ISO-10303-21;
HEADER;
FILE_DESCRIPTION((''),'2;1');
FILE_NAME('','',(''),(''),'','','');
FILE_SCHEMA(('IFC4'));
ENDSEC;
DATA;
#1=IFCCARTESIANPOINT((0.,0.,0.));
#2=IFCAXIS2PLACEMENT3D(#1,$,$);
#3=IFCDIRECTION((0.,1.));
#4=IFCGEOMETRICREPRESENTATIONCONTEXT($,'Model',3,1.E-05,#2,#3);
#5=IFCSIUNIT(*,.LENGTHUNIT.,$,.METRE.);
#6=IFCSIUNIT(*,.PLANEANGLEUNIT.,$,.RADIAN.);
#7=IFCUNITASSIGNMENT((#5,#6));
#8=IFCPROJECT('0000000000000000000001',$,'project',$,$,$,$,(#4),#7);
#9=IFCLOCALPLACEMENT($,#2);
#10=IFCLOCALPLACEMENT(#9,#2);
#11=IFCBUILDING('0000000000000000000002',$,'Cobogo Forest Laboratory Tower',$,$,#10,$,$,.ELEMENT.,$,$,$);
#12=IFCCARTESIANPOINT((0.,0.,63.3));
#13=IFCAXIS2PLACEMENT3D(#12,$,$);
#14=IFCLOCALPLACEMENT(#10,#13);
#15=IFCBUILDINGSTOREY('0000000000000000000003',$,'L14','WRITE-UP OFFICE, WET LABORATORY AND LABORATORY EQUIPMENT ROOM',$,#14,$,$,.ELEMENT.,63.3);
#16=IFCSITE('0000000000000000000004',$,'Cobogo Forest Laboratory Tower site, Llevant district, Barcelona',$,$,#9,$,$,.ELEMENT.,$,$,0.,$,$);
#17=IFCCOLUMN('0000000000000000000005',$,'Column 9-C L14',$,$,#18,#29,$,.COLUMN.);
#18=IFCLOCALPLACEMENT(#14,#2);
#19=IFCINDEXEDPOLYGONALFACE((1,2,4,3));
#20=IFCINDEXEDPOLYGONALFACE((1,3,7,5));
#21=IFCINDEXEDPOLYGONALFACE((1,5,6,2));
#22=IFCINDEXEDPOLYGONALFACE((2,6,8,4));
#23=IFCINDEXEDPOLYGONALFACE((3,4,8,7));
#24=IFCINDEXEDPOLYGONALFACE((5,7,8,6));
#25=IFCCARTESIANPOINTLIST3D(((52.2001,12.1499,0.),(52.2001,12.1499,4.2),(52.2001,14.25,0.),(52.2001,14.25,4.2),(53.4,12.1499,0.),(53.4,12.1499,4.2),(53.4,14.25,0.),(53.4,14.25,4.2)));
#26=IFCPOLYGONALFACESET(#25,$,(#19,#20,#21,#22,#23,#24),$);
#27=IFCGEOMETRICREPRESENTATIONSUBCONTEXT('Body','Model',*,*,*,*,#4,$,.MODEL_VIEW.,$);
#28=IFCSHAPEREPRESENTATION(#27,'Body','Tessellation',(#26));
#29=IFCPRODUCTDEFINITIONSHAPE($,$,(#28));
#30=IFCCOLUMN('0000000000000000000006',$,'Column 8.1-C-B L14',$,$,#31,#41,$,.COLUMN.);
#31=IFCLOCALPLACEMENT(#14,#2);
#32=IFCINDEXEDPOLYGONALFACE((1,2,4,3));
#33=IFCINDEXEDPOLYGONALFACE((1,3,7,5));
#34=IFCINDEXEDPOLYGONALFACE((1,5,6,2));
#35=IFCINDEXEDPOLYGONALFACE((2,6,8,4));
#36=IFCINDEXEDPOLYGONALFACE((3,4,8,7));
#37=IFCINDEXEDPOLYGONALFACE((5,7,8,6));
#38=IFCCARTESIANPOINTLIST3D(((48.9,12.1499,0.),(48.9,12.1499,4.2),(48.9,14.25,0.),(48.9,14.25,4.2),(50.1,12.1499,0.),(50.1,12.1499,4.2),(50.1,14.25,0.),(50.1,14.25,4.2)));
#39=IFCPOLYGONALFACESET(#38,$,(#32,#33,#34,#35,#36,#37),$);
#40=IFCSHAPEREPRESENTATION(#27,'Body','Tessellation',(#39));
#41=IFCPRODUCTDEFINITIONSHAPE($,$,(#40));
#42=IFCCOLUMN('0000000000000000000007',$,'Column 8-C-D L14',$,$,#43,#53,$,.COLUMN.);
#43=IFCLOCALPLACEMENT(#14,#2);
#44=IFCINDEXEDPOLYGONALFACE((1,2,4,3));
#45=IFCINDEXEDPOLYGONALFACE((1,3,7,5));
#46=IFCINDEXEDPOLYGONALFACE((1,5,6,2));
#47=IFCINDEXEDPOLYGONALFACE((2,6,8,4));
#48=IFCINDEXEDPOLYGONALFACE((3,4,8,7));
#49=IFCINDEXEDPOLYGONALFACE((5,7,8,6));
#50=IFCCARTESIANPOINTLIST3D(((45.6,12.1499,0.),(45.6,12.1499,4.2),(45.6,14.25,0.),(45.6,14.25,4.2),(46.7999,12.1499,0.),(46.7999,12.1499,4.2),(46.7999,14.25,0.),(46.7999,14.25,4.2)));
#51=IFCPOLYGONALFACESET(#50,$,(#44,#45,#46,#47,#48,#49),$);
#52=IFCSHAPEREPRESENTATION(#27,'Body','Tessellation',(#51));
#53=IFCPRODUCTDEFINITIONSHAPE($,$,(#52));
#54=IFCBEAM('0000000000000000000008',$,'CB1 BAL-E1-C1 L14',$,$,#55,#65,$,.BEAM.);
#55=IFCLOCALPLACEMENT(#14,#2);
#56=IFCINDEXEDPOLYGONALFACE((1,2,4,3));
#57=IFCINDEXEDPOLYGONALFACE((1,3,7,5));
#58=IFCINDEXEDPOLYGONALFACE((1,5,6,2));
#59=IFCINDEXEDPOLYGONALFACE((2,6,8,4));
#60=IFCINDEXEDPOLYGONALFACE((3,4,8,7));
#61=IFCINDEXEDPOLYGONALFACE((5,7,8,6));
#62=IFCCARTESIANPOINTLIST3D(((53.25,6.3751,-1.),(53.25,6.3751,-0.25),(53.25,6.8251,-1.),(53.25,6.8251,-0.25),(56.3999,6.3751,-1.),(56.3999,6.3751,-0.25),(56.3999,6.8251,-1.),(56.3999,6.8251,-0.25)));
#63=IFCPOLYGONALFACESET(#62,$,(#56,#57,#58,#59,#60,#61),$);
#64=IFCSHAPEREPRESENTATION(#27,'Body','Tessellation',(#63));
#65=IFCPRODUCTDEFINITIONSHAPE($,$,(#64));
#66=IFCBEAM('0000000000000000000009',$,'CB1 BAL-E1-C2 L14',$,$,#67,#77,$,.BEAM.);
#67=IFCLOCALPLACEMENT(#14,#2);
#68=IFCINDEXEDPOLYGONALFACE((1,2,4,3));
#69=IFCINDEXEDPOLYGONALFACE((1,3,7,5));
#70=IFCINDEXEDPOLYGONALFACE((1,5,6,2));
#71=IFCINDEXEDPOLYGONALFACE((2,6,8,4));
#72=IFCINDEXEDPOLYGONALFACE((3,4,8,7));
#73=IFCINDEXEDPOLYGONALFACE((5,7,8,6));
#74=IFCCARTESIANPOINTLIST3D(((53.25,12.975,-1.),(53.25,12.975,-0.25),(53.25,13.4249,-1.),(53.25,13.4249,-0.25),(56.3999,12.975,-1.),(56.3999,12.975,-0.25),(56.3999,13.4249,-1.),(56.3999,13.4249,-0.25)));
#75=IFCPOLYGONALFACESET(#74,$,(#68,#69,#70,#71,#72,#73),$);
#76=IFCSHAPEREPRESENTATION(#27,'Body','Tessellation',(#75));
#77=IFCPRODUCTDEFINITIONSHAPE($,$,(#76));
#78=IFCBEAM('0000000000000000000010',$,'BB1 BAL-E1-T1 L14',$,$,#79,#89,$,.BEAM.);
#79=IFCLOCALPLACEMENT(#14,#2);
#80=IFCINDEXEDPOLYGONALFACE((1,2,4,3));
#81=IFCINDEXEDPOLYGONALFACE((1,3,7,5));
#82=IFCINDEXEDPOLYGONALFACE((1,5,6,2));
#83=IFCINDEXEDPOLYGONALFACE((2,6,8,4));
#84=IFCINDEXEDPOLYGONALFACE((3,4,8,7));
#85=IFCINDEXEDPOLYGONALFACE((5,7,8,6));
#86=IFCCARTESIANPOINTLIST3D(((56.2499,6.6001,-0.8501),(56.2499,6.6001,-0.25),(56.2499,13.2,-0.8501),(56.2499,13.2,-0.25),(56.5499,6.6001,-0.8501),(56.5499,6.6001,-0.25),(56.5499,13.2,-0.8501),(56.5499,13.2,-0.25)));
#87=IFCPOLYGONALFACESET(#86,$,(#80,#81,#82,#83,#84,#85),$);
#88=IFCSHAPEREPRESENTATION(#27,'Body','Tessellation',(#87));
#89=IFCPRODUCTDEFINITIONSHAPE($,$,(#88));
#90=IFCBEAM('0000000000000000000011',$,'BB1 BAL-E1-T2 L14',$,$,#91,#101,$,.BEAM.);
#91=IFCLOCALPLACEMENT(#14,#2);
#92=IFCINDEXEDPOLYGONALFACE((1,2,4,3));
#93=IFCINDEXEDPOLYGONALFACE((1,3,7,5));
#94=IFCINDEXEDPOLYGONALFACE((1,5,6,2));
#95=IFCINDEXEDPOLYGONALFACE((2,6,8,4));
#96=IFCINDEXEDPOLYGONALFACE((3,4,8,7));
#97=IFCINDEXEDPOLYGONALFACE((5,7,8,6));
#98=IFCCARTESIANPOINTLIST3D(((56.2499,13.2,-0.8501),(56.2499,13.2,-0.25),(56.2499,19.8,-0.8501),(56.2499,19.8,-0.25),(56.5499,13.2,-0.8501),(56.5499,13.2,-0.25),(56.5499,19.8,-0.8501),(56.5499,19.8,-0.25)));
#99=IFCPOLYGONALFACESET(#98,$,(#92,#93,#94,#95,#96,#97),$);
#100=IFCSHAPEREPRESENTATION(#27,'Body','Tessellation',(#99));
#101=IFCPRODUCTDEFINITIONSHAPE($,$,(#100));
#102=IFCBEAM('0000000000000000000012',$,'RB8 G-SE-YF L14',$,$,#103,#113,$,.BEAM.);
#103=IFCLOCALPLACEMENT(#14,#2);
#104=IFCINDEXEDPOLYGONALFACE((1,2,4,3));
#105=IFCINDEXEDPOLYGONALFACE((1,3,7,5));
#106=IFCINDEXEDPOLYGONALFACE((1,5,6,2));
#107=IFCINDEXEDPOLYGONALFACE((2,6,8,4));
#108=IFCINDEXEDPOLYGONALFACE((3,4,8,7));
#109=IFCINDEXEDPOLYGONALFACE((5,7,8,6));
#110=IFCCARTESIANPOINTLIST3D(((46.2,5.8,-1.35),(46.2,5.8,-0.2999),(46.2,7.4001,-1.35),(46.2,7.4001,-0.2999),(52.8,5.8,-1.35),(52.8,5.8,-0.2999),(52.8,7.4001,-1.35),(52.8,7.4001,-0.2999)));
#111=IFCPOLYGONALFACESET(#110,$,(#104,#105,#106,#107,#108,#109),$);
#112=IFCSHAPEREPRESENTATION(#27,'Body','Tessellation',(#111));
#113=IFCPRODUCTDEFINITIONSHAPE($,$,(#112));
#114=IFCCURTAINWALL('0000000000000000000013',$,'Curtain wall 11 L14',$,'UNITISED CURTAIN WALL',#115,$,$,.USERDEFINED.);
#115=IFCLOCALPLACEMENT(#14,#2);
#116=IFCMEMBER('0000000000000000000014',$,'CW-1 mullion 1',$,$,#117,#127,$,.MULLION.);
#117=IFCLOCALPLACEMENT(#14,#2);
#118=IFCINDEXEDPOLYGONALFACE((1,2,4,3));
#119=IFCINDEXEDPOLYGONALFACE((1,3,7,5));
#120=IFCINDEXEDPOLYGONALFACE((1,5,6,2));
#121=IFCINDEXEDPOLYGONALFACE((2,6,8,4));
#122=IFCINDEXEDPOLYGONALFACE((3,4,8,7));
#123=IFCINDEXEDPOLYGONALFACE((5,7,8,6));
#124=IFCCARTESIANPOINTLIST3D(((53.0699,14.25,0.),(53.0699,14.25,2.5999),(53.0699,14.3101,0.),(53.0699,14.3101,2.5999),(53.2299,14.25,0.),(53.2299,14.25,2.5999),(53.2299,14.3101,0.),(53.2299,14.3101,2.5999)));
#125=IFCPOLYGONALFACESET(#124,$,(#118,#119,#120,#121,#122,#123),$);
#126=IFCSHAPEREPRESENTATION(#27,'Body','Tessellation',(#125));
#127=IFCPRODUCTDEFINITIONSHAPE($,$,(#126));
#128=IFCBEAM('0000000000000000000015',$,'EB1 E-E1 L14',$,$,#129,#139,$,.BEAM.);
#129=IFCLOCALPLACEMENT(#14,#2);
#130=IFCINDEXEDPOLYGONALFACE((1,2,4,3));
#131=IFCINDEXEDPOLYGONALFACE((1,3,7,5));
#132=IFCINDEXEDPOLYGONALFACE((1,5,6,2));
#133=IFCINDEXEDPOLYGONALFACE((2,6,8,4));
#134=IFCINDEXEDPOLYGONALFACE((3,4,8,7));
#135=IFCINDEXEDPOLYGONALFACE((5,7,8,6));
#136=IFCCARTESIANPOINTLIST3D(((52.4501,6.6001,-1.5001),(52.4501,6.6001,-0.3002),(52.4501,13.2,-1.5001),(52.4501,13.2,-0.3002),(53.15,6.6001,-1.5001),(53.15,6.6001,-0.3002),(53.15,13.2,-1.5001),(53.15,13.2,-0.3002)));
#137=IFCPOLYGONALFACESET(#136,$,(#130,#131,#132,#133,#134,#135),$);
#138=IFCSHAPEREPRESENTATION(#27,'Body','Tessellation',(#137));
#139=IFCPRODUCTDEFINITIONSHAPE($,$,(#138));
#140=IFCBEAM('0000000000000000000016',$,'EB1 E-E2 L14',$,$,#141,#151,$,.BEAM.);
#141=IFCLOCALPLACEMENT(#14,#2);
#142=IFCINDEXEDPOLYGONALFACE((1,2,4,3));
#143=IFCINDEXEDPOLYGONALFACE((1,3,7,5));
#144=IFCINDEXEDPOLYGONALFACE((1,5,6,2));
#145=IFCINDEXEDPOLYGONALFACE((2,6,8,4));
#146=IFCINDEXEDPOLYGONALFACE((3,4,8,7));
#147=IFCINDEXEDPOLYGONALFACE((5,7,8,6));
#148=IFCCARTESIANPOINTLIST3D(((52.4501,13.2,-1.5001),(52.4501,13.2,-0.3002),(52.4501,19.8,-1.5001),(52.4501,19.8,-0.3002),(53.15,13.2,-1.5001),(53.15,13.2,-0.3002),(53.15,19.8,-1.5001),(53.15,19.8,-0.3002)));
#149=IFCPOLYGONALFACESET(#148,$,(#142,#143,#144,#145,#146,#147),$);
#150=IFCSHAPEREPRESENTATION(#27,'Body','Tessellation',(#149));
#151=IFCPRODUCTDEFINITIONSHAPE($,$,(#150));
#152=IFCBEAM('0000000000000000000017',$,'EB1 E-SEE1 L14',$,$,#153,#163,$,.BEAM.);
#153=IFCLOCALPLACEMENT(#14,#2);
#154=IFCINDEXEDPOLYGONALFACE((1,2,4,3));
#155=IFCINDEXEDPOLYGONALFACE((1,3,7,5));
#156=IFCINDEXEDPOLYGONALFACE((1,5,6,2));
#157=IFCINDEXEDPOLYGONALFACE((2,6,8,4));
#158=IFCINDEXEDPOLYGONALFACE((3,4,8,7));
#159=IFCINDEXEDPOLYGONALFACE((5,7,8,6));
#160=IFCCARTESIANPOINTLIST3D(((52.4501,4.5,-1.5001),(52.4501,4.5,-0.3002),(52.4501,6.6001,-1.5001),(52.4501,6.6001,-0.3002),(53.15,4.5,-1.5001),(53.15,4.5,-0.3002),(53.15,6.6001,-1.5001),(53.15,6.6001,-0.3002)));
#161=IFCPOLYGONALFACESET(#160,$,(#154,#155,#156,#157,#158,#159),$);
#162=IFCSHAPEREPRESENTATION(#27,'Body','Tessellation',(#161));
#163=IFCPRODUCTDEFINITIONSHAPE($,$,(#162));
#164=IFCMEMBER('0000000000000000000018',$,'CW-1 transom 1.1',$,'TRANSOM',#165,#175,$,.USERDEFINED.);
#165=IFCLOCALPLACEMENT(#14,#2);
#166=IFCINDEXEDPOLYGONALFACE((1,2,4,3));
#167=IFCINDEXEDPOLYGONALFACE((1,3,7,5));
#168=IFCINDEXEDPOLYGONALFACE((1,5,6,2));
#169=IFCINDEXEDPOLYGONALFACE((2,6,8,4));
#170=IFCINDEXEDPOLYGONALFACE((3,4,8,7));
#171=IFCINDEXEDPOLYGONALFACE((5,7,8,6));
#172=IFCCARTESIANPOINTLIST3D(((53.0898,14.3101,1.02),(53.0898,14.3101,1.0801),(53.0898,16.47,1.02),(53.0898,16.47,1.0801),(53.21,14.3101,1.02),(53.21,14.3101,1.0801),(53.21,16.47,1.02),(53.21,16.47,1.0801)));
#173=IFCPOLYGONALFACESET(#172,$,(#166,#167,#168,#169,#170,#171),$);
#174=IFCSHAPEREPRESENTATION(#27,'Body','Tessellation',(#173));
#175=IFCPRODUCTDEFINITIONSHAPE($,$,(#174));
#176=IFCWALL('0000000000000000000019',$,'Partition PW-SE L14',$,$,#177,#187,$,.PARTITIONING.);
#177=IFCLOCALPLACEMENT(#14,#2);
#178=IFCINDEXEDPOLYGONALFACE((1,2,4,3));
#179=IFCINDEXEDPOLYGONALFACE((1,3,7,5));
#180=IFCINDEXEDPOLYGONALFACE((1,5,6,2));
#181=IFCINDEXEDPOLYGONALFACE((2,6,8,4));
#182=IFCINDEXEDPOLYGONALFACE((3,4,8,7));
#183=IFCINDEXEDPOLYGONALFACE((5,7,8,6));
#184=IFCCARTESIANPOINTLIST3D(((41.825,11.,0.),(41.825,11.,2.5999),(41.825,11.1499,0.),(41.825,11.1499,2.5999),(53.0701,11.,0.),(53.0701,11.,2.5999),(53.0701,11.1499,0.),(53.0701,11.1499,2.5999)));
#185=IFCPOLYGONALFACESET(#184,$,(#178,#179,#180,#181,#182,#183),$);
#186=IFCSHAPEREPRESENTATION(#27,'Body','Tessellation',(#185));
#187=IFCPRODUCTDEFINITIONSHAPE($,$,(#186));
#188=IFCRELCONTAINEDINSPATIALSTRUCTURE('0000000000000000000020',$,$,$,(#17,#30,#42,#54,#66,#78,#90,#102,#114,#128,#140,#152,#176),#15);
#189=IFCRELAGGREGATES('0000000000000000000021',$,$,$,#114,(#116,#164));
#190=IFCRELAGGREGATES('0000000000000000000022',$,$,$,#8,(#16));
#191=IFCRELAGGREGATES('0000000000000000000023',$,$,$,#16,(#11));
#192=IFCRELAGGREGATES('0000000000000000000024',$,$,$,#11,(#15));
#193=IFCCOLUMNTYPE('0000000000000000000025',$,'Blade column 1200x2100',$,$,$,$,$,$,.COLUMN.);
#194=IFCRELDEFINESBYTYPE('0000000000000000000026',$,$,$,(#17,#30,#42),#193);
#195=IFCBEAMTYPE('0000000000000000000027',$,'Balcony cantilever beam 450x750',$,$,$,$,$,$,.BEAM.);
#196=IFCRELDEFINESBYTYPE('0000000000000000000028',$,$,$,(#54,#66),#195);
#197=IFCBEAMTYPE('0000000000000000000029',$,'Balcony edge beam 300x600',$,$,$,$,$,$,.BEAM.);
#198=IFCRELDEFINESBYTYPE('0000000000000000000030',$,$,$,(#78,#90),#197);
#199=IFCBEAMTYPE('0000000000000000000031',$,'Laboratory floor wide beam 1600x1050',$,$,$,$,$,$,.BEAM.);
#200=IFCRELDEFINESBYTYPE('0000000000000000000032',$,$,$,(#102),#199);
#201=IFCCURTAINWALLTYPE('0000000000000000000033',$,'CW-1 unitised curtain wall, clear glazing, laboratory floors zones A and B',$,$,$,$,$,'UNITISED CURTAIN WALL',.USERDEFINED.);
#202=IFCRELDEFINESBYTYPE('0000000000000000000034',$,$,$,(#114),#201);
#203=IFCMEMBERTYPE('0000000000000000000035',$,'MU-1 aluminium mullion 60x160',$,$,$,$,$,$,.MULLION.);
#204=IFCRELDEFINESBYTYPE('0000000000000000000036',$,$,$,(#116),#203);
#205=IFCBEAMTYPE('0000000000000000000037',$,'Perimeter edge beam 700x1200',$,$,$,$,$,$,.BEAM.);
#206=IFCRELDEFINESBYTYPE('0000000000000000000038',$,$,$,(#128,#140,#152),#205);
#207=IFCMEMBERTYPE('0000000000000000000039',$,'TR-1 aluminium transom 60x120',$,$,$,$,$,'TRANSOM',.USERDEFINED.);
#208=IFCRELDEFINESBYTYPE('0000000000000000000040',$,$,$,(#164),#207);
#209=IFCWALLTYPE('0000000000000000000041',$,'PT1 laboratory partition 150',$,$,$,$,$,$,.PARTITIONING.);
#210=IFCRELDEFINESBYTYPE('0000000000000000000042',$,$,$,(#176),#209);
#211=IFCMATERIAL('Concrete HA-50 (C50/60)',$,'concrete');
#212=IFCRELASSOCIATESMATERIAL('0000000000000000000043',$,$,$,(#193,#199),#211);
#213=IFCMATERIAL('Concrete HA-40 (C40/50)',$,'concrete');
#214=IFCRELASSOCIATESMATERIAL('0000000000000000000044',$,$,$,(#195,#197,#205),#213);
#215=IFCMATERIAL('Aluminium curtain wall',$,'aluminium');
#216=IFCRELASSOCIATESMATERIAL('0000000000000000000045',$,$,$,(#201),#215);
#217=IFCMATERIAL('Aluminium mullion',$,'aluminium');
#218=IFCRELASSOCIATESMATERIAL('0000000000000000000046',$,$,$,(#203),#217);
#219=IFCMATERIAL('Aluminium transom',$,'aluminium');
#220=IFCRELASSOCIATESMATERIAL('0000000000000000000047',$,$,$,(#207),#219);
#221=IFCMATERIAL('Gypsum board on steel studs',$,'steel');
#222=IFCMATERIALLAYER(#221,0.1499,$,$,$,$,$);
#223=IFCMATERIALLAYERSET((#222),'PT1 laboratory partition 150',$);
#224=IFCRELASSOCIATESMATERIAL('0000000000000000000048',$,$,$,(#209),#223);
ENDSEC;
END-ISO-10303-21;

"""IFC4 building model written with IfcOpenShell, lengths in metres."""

from ifc_helpers import new_model, si_unit, direction, frame, frame_2d, origin, origin_2d, place, context, subcontext, project, spatial, rectangle, extrude, material, layer, layer_set, material_profile, profile_set, type_object, element, aggregate, save


model = new_model("IFC4")

# Units and contexts
model_context = context("Model", 3, precision=1e-05, world=origin(), true_north=direction((0.0, 1.0)))
body_context = subcontext(model_context, "Body", "Model", "MODEL_VIEW")
ifc_project = project(units=[si_unit("LENGTHUNIT", "METRE"), si_unit("PLANEANGLEUNIT", "RADIAN")], contexts=[model_context])

# Site, building, storey
site_placement = place(None, origin())
site = spatial("IfcSite", under=ifc_project, at=site_placement, Name="Cobogo Forest Laboratory Tower site, Llevant district, Barcelona", CompositionType="ELEMENT", RefElevation=0.0)
building_placement = place(site_placement, origin())
building = spatial("IfcBuilding", under=site, at=building_placement, Name="Cobogo Forest Laboratory Tower", CompositionType="ELEMENT")
storey_placement = place(building_placement, frame((0.0, 0.0, 63.3)))
storey = spatial("IfcBuildingStorey", under=building, at=storey_placement, Name="L14", Description="WRITE-UP OFFICE, WET LABORATORY AND LABORATORY EQUIPMENT ROOM", CompositionType="ELEMENT", Elevation=63.3)

# Columns
ifc_material_1 = material(Name="Concrete HA-50 (C50/60)", Category="concrete")
ifc_material_profile_1 = material_profile(ifc_material_1, rectangle(XDim=2.1001, YDim=1.2, at=origin_2d()), Name="RC 1200x2100")
ifc_profile_set_1 = profile_set([ifc_material_profile_1], Name="Concrete HA-50 (C50/60)")
column_type = type_object("IfcColumnType", Name="Blade column 1200x2100", PredefinedType="COLUMN", material=ifc_profile_set_1)
for number, where, z_axis, x_axis, name in (
    (1, (52.8, 13.2, 0.0), (0.0, 0.0, 1.0), (0.0, 1.0, 0.0), "Column 9-C L14"),
    (2, (49.5, 13.2, 0.0), (0.0, 0.0, 1.0), (0.0, 1.0, 0.0), "Column 8.1-C-B L14"),
    (3, (46.2, 13.2, 0.0), (0.0, 0.0, 1.0), (0.0, 1.0, 0.0), "Column 8-C-D L14"),
):
    element("IfcColumn", number, at=place(storey_placement, frame(where, z_axis=z_axis, x_axis=x_axis)), inside=storey, type_object=column_type, Name=name, PredefinedType="COLUMN", context=body_context, shape_type="SweptSolid", body=[
        extrude(rectangle(XDim=2.1001, YDim=1.2, at=origin_2d()), origin(), (0.0, 0.0, 1.0), 4.2),
    ])

# Beams
ifc_material_2 = material(Name="Concrete HA-40 (C40/50)", Category="concrete")
ifc_material_profile_2 = material_profile(ifc_material_2, rectangle(XDim=0.45, YDim=0.75, at=origin_2d()), Name="RC 450x750")
ifc_profile_set_2 = profile_set([ifc_material_profile_2], Name="Concrete HA-40 (C40/50)")
beam_type_1 = type_object("IfcBeamType", Name="Balcony cantilever beam 450x750", PredefinedType="BEAM", material=ifc_profile_set_2)
for number, where, z_axis, x_axis, name in (
    (4, (53.25, 6.6001, -0.625), (1.0, 0.0, 0.0), (0.0, 1.0, 0.0), "CB1 BAL-E1-C1 L14"),
    (5, (53.25, 13.2, -0.625), (1.0, 0.0, 0.0), (0.0, 1.0, 0.0), "CB1 BAL-E1-C2 L14"),
):
    element("IfcBeam", number, at=place(storey_placement, frame(where, z_axis=z_axis, x_axis=x_axis)), inside=storey, type_object=beam_type_1, Name=name, PredefinedType="BEAM", context=body_context, shape_type="SweptSolid", body=[
        extrude(rectangle(XDim=0.45, YDim=0.75, at=origin_2d()), origin(), (0.0, 0.0, 1.0), 3.1499),
    ])
ifc_material_profile_3 = material_profile(ifc_material_2, rectangle(XDim=0.3, YDim=0.6001, at=origin_2d()), Name="RC 300x600")
ifc_profile_set_3 = profile_set([ifc_material_profile_3], Name="Concrete HA-40 (C40/50)")
beam_type_2 = type_object("IfcBeamType", Name="Balcony edge beam 300x600", PredefinedType="BEAM", material=ifc_profile_set_3)
beam_1_placement = place(storey_placement, frame((56.3999, 6.6001, -0.55), z_axis=(0.0, 1.0, 0.0), x_axis=(-1.0, 0.0, 0.0)))
element("IfcBeam", 6, at=beam_1_placement, inside=storey, type_object=beam_type_2, Name="BB1 BAL-E1-T1 L14", PredefinedType="BEAM", context=body_context, shape_type="SweptSolid", body=[
    extrude(rectangle(XDim=0.3, YDim=0.6001, at=origin_2d()), origin(), (0.0, 0.0, 1.0), 6.5999),
])
beam_2_placement = place(storey_placement, frame((56.3999, 13.2, -0.55), z_axis=(0.0, 1.0, 0.0), x_axis=(-1.0, 0.0, 0.0)))
element("IfcBeam", 7, at=beam_2_placement, inside=storey, type_object=beam_type_2, Name="BB1 BAL-E1-T2 L14", PredefinedType="BEAM", context=body_context, shape_type="SweptSolid", body=[
    extrude(rectangle(XDim=0.3, YDim=0.6001, at=origin_2d()), origin(), (0.0, 0.0, 1.0), 6.6001),
])
ifc_material_profile_4 = material_profile(ifc_material_1, rectangle(XDim=1.6001, YDim=1.05, at=origin_2d()), Name="RC 1600x1050")
ifc_profile_set_4 = profile_set([ifc_material_profile_4], Name="Concrete HA-50 (C50/60)")
beam_type_3 = type_object("IfcBeamType", Name="Laboratory floor wide beam 1600x1050", PredefinedType="BEAM", material=ifc_profile_set_4)
beam_3_placement = place(storey_placement, frame((52.8, 6.6001, -0.825), z_axis=(-1.0, 0.0, 0.0), x_axis=(0.0, -1.0, 0.0)))
element("IfcBeam", 8, at=beam_3_placement, inside=storey, type_object=beam_type_3, Name="RB8 G-SE-YF L14", PredefinedType="BEAM", context=body_context, shape_type="SweptSolid", body=[
    extrude(rectangle(XDim=1.6001, YDim=1.05, at=origin_2d()), origin(), (0.0, 0.0, 1.0), 6.6001),
])

# Curtain wall, member
ifc_material_3 = material(Name="Aluminium curtain wall", Category="aluminium")
curtain_wall_type = type_object("IfcCurtainWallType", Name="CW-1 unitised curtain wall, clear glazing, laboratory floors zones A and B", ElementType="UNITISED CURTAIN WALL", PredefinedType="USERDEFINED", material=ifc_material_3)
curtain_wall_placement = place(storey_placement, origin())
curtain_wall = element("IfcCurtainWall", 9, at=curtain_wall_placement, inside=storey, type_object=curtain_wall_type, Name="Curtain wall 11 L14", ObjectType="UNITISED CURTAIN WALL", PredefinedType="USERDEFINED")
ifc_material_4 = material(Name="Aluminium mullion", Category="aluminium")
ifc_material_profile_5 = material_profile(ifc_material_4, rectangle(XDim=0.0601, YDim=0.1599, at=origin_2d()), Name="AL 60x160")
ifc_profile_set_5 = profile_set([ifc_material_profile_5], Name="Aluminium mullion")
member_type_1 = type_object("IfcMemberType", Name="MU-1 aluminium mullion 60x160", PredefinedType="MULLION", material=ifc_profile_set_5)
member_1_placement = place(storey_placement, frame((53.1499, 14.28, 0.0), z_axis=(0.0, 0.0, 1.0), x_axis=(0.0, 1.0, 0.0)))
member_1 = element("IfcMember", 10, at=member_1_placement, type_object=member_type_1, Name="CW-1 mullion 1", PredefinedType="MULLION", context=body_context, shape_type="SweptSolid", body=[
    extrude(rectangle(XDim=0.0601, YDim=0.1599, at=origin_2d()), origin(), (0.0, 0.0, 1.0), 2.5999),
])

# Beams
ifc_material_profile_6 = material_profile(ifc_material_2, rectangle(XDim=0.7, YDim=1.2, at=origin_2d()), Name="RC 700x1200")
ifc_profile_set_6 = profile_set([ifc_material_profile_6], Name="Concrete HA-40 (C40/50)")
beam_type_4 = type_object("IfcBeamType", Name="Perimeter edge beam 700x1200", PredefinedType="BEAM", material=ifc_profile_set_6)
beam_4_placement = place(storey_placement, frame((52.8, 6.6001, -0.9001), z_axis=(0.0, 1.0, 0.0), x_axis=(-1.0, 0.0, 0.0)))
element("IfcBeam", 11, at=beam_4_placement, inside=storey, type_object=beam_type_4, Name="EB1 E-E1 L14", PredefinedType="BEAM", context=body_context, shape_type="SweptSolid", body=[
    extrude(rectangle(XDim=0.7, YDim=1.2, at=origin_2d()), origin(), (0.0, 0.0, 1.0), 6.5999),
])
beam_5_placement = place(storey_placement, frame((52.8, 13.2, -0.9001), z_axis=(0.0, 1.0, 0.0), x_axis=(-1.0, 0.0, 0.0)))
element("IfcBeam", 12, at=beam_5_placement, inside=storey, type_object=beam_type_4, Name="EB1 E-E2 L14", PredefinedType="BEAM", context=body_context, shape_type="SweptSolid", body=[
    extrude(rectangle(XDim=0.7, YDim=1.2, at=origin_2d()), origin(), (0.0, 0.0, 1.0), 6.6001),
])
beam_6_placement = place(storey_placement, frame((52.8, 6.6001, -0.9001), z_axis=(0.0, -1.0, 0.0), x_axis=(1.0, 0.0, 0.0)))
element("IfcBeam", 13, at=beam_6_placement, inside=storey, type_object=beam_type_4, Name="EB1 E-SEE1 L14", PredefinedType="BEAM", context=body_context, shape_type="SweptSolid", body=[
    extrude(rectangle(XDim=0.7, YDim=1.2, at=origin_2d()), origin(), (0.0, 0.0, 1.0), 2.1001),
])

# Member
ifc_material_5 = material(Name="Aluminium transom", Category="aluminium")
ifc_material_profile_7 = material_profile(ifc_material_5, rectangle(XDim=0.1201, YDim=0.0601, at=origin_2d()), Name="AL 60x120")
ifc_profile_set_7 = profile_set([ifc_material_profile_7], Name="Aluminium transom")
member_type_2 = type_object("IfcMemberType", Name="TR-1 aluminium transom 60x120", ElementType="TRANSOM", PredefinedType="USERDEFINED", material=ifc_profile_set_7)
member_2_placement = place(storey_placement, frame((53.1499, 14.3101, 1.05), z_axis=(0.0, 1.0, 0.0), x_axis=(-1.0, 0.0, 0.0)))
member_2 = element("IfcMember", 14, at=member_2_placement, type_object=member_type_2, Name="CW-1 transom 1.1", ObjectType="TRANSOM", PredefinedType="USERDEFINED", context=body_context, shape_type="SweptSolid", body=[
    extrude(rectangle(XDim=0.1201, YDim=0.0601, at=origin_2d()), origin(), (0.0, 0.0, 1.0), 2.1599),
])
aggregate(curtain_wall, [member_1, member_2])

# Wall
ifc_material_6 = material(Name="Gypsum board on steel studs", Category="steel")
ifc_layer_1 = layer(ifc_material_6, 0.1499)
ifc_layer_set_1 = layer_set([ifc_layer_1], Name="PT1 laboratory partition 150")
wall_type_1 = type_object("IfcWallType", Name="PT1 laboratory partition 150", PredefinedType="PARTITIONING", material=ifc_layer_set_1)
wall_1_placement = place(storey_placement, frame((53.0701, 11.075, 0.0), z_axis=(0.0, 0.0, 1.0), x_axis=(-1.0, 0.0, 0.0)))
element("IfcWall", 15, at=wall_1_placement, inside=storey, type_object=wall_type_1, Name="Partition PW-SE L14", PredefinedType="PARTITIONING", context=body_context, shape_type="SweptSolid", body=[
    extrude(rectangle(XDim=11.2451, YDim=0.1499, at=frame_2d((5.6226, 0.0))), origin(), (0.0, 0.0, 1.0), 2.5999),
])

save(model, "model.ifc")
